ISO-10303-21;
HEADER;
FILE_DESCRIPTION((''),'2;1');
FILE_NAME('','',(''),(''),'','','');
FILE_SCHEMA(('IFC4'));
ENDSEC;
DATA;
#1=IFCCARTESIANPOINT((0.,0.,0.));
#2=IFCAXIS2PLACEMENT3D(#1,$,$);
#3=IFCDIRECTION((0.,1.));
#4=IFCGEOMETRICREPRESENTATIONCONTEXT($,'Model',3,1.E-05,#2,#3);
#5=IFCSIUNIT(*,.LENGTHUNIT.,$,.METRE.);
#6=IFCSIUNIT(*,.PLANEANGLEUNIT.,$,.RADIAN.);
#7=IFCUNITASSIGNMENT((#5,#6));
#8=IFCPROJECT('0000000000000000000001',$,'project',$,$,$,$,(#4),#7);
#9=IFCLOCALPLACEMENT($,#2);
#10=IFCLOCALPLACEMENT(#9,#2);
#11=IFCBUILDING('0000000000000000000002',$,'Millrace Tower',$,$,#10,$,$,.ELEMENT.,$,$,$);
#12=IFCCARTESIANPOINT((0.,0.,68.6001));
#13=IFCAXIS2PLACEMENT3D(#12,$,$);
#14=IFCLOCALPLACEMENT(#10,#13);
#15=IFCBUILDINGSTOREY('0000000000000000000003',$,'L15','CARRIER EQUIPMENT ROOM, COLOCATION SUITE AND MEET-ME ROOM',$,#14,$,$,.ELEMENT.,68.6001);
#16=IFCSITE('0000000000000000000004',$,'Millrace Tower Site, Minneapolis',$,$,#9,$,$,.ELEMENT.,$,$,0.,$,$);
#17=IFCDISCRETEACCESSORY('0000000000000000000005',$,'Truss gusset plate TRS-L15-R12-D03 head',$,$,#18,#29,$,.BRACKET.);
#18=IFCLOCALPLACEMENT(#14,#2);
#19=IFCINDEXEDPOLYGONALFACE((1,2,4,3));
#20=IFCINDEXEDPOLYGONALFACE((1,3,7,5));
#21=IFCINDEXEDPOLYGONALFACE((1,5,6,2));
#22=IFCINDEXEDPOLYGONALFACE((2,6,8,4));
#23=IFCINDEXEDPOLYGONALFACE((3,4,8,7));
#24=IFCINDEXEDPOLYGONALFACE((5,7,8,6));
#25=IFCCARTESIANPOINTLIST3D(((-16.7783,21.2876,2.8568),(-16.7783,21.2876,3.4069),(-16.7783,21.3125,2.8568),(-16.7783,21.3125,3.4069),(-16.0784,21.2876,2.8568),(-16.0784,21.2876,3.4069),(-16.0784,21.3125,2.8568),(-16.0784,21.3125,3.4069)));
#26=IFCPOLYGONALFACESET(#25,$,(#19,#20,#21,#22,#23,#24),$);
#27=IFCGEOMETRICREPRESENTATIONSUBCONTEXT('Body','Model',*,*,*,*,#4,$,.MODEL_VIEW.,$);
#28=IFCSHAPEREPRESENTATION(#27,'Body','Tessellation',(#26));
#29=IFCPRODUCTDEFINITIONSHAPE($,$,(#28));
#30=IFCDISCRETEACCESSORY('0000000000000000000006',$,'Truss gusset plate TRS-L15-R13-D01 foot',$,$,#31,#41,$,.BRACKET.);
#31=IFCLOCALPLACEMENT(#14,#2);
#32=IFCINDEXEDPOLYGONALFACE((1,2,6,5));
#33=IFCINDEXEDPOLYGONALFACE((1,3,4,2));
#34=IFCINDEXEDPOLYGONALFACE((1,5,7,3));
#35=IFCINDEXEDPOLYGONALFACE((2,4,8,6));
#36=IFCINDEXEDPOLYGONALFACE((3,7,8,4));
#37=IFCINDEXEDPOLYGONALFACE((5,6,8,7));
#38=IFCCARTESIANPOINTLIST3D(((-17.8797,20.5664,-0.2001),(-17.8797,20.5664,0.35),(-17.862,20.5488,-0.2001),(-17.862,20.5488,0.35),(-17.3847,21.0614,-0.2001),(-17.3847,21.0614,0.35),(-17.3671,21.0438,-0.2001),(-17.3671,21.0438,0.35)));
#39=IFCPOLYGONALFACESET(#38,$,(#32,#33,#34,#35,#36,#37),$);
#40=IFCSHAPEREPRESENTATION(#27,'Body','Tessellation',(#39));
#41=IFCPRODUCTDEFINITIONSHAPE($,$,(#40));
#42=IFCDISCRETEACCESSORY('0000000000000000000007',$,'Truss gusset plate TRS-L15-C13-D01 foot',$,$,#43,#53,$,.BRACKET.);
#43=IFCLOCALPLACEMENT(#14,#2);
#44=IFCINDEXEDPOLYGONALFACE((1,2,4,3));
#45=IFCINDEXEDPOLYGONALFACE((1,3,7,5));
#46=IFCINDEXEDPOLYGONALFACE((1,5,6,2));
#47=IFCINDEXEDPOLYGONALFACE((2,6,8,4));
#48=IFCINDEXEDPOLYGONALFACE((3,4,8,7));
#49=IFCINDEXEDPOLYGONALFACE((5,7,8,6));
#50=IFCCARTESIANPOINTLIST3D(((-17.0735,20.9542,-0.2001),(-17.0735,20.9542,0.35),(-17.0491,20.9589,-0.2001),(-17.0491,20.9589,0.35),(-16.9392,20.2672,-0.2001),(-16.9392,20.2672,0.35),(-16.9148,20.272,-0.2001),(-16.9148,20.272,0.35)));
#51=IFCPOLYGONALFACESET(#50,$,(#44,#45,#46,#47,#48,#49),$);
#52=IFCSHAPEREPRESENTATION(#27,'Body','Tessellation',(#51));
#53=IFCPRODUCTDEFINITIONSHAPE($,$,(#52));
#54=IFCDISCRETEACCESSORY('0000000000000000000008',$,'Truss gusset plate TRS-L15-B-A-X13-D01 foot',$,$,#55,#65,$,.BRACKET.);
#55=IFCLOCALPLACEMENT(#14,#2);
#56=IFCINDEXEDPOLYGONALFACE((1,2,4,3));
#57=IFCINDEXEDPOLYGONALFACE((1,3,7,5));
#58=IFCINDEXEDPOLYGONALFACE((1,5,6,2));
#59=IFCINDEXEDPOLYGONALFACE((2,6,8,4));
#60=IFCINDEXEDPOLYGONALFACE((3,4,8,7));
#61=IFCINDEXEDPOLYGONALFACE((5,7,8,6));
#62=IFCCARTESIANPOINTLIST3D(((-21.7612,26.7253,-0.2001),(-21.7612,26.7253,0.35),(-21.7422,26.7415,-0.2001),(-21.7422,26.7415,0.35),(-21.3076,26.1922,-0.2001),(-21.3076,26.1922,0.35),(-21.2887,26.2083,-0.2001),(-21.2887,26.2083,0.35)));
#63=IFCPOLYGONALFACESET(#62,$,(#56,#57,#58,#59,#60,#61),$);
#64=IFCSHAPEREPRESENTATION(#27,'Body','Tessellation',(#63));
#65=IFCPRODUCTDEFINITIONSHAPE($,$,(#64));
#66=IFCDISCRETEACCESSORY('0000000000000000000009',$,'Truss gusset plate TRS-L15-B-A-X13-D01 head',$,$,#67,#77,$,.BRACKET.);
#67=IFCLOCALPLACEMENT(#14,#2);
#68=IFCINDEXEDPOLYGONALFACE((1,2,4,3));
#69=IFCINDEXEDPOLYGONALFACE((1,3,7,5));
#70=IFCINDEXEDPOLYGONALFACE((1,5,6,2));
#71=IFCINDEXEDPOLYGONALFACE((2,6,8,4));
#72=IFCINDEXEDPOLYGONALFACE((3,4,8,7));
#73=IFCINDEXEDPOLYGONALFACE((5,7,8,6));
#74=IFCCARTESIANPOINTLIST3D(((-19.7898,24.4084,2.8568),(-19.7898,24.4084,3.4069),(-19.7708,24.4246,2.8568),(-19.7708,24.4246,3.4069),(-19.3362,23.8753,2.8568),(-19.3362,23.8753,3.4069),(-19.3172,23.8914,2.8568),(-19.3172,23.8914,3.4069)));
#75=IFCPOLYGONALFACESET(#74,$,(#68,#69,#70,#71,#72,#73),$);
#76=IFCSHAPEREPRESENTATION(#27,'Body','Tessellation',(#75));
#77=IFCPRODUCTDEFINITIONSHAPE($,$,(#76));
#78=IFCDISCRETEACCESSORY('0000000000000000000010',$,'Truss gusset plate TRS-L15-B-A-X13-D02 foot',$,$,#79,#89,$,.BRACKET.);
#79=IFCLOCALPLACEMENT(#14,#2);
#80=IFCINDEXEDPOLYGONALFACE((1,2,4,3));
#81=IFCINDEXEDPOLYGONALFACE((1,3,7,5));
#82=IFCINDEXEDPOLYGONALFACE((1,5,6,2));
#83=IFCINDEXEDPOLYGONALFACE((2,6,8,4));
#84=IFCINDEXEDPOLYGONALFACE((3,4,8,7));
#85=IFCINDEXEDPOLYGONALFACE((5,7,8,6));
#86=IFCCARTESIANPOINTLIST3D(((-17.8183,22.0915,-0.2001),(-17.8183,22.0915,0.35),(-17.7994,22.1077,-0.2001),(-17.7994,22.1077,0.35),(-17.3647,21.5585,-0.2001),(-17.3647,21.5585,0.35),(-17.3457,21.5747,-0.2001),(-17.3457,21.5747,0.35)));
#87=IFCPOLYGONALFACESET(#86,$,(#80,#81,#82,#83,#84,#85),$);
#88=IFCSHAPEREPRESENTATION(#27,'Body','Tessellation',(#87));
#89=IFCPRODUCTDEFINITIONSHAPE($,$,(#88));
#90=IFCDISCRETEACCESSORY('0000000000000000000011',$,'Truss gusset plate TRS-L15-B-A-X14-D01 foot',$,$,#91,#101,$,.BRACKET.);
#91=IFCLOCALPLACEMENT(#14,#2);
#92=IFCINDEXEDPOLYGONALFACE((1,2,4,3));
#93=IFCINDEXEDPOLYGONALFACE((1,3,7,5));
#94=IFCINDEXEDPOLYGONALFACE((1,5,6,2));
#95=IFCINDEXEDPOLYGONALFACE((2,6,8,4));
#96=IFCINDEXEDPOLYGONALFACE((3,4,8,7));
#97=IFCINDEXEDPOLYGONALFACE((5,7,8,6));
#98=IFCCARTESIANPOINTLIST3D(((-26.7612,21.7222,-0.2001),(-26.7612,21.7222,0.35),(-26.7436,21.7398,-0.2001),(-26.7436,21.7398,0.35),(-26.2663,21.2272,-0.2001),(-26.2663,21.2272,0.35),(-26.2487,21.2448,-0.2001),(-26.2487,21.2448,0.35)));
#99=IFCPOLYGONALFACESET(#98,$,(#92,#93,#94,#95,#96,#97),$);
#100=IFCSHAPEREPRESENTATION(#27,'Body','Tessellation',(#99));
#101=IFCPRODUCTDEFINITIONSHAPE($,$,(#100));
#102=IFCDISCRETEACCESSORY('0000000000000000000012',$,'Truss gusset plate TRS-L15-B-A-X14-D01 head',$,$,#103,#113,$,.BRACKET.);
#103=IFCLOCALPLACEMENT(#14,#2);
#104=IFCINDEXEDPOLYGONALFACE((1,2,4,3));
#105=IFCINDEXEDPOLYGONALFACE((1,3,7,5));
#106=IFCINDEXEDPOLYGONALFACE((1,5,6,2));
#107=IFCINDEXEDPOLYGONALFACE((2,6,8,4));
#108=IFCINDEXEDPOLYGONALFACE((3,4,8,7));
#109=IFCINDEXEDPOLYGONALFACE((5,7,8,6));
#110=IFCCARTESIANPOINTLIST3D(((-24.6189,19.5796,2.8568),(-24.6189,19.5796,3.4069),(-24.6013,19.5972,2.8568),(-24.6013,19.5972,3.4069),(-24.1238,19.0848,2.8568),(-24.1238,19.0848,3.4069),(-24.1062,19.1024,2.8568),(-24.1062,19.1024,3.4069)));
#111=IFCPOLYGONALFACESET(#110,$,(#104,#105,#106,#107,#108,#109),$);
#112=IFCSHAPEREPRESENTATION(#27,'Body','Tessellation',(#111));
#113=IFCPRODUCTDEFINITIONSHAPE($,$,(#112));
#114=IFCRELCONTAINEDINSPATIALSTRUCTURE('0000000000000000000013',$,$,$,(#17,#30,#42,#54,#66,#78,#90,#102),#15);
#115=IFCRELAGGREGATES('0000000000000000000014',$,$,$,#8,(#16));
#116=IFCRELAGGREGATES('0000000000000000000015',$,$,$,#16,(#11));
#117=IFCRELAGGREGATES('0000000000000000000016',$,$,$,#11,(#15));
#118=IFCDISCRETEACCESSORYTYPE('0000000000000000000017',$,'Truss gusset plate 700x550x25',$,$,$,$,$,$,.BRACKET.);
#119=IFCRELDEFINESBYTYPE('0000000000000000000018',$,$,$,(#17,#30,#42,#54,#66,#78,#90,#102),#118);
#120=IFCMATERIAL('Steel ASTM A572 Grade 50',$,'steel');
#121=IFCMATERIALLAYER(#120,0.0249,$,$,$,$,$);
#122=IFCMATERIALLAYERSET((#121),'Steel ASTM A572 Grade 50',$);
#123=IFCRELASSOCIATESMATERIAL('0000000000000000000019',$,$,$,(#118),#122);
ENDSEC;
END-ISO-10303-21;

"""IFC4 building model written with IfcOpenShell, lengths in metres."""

from ifc_helpers import new_model, si_unit, direction, frame, origin, origin_2d, place, context, subcontext, project, spatial, rectangle, extrude, material, layer, layer_set, type_object, element, save


model = new_model("IFC4")

# Units and contexts
model_context = context("Model", 3, precision=1e-05, world=origin(), true_north=direction((0.0, 1.0)))
body_context = subcontext(model_context, "Body", "Model", "MODEL_VIEW")
ifc_project = project(units=[si_unit("LENGTHUNIT", "METRE"), si_unit("PLANEANGLEUNIT", "RADIAN")], contexts=[model_context])

# Site, building, storey
site_placement = place(None, origin())
site = spatial("IfcSite", under=ifc_project, at=site_placement, Name="Millrace Tower Site, Minneapolis", CompositionType="ELEMENT", RefElevation=0.0)
building_placement = place(site_placement, origin())
building = spatial("IfcBuilding", under=site, at=building_placement, Name="Millrace Tower", CompositionType="ELEMENT")
storey_placement = place(building_placement, frame((0.0, 0.0, 68.6001)))
storey = spatial("IfcBuildingStorey", under=building, at=storey_placement, Name="L15", Description="CARRIER EQUIPMENT ROOM, COLOCATION SUITE AND MEET-ME ROOM", CompositionType="ELEMENT", Elevation=68.6001)

# Discrete accessories
ifc_material_1 = material(Name="Steel ASTM A572 Grade 50", Category="steel")
ifc_layer_1 = layer(ifc_material_1, 0.0249)
ifc_layer_set_1 = layer_set([ifc_layer_1], Name="Steel ASTM A572 Grade 50")
discrete_accessory_type = type_object("IfcDiscreteAccessoryType", Name="Truss gusset plate 700x550x25", PredefinedType="BRACKET", material=ifc_layer_set_1)
for number, where, z_axis, x_axis, name in (
    (1, (-16.7783, 21.3, 3.1318), (1.0, 0.0, 0.0), (0.0, 1.0, 0.0), "Truss gusset plate TRS-L15-R12-D03 head"),
    (2, (-17.8708, 20.5576, 0.075), (0.707107, 0.707107, 0.0), (-0.707107, 0.707107, 0.0), "Truss gusset plate TRS-L15-R13-D01 foot"),
    (3, (-17.0613, 20.9565, 0.075), (0.191822, -0.98143, 0.0), (0.98143, 0.191822, 0.0), "Truss gusset plate TRS-L15-C13-D01 foot"),
    (4, (-21.7517, 26.7334, 0.075), (0.647972, -0.761664, 0.0), (0.761664, 0.647972, 0.0), "Truss gusset plate TRS-L15-B-A-X13-D01 foot"),
    (5, (-19.7803, 24.4165, 3.1318), (0.647972, -0.761664, 0.0), (0.761664, 0.647972, 0.0), "Truss gusset plate TRS-L15-B-A-X13-D01 head"),
    (6, (-17.8088, 22.0996, 0.075), (0.648144, -0.761517, 0.0), (0.761517, 0.648144, 0.0), "Truss gusset plate TRS-L15-B-A-X13-D02 foot"),
    (7, (-26.7524, 21.731, 0.075), (0.707107, -0.707107, 0.0), (0.707107, 0.707107, 0.0), "Truss gusset plate TRS-L15-B-A-X14-D01 foot"),
    (8, (-24.6101, 19.5884, 3.1318), (0.707281, -0.706932, 0.0), (0.706932, 0.707281, 0.0), "Truss gusset plate TRS-L15-B-A-X14-D01 head"),
):
    element("IfcDiscreteAccessory", number, at=place(storey_placement, frame(where, z_axis=z_axis, x_axis=x_axis)), inside=storey, type_object=discrete_accessory_type, Name=name, PredefinedType="BRACKET", context=body_context, shape_type="SweptSolid", body=[
        extrude(rectangle(XDim=0.0249, YDim=0.55, at=origin_2d()), origin(), (0.0, 0.0, 1.0), 0.7),
    ])

save(model, "model.ifc")
